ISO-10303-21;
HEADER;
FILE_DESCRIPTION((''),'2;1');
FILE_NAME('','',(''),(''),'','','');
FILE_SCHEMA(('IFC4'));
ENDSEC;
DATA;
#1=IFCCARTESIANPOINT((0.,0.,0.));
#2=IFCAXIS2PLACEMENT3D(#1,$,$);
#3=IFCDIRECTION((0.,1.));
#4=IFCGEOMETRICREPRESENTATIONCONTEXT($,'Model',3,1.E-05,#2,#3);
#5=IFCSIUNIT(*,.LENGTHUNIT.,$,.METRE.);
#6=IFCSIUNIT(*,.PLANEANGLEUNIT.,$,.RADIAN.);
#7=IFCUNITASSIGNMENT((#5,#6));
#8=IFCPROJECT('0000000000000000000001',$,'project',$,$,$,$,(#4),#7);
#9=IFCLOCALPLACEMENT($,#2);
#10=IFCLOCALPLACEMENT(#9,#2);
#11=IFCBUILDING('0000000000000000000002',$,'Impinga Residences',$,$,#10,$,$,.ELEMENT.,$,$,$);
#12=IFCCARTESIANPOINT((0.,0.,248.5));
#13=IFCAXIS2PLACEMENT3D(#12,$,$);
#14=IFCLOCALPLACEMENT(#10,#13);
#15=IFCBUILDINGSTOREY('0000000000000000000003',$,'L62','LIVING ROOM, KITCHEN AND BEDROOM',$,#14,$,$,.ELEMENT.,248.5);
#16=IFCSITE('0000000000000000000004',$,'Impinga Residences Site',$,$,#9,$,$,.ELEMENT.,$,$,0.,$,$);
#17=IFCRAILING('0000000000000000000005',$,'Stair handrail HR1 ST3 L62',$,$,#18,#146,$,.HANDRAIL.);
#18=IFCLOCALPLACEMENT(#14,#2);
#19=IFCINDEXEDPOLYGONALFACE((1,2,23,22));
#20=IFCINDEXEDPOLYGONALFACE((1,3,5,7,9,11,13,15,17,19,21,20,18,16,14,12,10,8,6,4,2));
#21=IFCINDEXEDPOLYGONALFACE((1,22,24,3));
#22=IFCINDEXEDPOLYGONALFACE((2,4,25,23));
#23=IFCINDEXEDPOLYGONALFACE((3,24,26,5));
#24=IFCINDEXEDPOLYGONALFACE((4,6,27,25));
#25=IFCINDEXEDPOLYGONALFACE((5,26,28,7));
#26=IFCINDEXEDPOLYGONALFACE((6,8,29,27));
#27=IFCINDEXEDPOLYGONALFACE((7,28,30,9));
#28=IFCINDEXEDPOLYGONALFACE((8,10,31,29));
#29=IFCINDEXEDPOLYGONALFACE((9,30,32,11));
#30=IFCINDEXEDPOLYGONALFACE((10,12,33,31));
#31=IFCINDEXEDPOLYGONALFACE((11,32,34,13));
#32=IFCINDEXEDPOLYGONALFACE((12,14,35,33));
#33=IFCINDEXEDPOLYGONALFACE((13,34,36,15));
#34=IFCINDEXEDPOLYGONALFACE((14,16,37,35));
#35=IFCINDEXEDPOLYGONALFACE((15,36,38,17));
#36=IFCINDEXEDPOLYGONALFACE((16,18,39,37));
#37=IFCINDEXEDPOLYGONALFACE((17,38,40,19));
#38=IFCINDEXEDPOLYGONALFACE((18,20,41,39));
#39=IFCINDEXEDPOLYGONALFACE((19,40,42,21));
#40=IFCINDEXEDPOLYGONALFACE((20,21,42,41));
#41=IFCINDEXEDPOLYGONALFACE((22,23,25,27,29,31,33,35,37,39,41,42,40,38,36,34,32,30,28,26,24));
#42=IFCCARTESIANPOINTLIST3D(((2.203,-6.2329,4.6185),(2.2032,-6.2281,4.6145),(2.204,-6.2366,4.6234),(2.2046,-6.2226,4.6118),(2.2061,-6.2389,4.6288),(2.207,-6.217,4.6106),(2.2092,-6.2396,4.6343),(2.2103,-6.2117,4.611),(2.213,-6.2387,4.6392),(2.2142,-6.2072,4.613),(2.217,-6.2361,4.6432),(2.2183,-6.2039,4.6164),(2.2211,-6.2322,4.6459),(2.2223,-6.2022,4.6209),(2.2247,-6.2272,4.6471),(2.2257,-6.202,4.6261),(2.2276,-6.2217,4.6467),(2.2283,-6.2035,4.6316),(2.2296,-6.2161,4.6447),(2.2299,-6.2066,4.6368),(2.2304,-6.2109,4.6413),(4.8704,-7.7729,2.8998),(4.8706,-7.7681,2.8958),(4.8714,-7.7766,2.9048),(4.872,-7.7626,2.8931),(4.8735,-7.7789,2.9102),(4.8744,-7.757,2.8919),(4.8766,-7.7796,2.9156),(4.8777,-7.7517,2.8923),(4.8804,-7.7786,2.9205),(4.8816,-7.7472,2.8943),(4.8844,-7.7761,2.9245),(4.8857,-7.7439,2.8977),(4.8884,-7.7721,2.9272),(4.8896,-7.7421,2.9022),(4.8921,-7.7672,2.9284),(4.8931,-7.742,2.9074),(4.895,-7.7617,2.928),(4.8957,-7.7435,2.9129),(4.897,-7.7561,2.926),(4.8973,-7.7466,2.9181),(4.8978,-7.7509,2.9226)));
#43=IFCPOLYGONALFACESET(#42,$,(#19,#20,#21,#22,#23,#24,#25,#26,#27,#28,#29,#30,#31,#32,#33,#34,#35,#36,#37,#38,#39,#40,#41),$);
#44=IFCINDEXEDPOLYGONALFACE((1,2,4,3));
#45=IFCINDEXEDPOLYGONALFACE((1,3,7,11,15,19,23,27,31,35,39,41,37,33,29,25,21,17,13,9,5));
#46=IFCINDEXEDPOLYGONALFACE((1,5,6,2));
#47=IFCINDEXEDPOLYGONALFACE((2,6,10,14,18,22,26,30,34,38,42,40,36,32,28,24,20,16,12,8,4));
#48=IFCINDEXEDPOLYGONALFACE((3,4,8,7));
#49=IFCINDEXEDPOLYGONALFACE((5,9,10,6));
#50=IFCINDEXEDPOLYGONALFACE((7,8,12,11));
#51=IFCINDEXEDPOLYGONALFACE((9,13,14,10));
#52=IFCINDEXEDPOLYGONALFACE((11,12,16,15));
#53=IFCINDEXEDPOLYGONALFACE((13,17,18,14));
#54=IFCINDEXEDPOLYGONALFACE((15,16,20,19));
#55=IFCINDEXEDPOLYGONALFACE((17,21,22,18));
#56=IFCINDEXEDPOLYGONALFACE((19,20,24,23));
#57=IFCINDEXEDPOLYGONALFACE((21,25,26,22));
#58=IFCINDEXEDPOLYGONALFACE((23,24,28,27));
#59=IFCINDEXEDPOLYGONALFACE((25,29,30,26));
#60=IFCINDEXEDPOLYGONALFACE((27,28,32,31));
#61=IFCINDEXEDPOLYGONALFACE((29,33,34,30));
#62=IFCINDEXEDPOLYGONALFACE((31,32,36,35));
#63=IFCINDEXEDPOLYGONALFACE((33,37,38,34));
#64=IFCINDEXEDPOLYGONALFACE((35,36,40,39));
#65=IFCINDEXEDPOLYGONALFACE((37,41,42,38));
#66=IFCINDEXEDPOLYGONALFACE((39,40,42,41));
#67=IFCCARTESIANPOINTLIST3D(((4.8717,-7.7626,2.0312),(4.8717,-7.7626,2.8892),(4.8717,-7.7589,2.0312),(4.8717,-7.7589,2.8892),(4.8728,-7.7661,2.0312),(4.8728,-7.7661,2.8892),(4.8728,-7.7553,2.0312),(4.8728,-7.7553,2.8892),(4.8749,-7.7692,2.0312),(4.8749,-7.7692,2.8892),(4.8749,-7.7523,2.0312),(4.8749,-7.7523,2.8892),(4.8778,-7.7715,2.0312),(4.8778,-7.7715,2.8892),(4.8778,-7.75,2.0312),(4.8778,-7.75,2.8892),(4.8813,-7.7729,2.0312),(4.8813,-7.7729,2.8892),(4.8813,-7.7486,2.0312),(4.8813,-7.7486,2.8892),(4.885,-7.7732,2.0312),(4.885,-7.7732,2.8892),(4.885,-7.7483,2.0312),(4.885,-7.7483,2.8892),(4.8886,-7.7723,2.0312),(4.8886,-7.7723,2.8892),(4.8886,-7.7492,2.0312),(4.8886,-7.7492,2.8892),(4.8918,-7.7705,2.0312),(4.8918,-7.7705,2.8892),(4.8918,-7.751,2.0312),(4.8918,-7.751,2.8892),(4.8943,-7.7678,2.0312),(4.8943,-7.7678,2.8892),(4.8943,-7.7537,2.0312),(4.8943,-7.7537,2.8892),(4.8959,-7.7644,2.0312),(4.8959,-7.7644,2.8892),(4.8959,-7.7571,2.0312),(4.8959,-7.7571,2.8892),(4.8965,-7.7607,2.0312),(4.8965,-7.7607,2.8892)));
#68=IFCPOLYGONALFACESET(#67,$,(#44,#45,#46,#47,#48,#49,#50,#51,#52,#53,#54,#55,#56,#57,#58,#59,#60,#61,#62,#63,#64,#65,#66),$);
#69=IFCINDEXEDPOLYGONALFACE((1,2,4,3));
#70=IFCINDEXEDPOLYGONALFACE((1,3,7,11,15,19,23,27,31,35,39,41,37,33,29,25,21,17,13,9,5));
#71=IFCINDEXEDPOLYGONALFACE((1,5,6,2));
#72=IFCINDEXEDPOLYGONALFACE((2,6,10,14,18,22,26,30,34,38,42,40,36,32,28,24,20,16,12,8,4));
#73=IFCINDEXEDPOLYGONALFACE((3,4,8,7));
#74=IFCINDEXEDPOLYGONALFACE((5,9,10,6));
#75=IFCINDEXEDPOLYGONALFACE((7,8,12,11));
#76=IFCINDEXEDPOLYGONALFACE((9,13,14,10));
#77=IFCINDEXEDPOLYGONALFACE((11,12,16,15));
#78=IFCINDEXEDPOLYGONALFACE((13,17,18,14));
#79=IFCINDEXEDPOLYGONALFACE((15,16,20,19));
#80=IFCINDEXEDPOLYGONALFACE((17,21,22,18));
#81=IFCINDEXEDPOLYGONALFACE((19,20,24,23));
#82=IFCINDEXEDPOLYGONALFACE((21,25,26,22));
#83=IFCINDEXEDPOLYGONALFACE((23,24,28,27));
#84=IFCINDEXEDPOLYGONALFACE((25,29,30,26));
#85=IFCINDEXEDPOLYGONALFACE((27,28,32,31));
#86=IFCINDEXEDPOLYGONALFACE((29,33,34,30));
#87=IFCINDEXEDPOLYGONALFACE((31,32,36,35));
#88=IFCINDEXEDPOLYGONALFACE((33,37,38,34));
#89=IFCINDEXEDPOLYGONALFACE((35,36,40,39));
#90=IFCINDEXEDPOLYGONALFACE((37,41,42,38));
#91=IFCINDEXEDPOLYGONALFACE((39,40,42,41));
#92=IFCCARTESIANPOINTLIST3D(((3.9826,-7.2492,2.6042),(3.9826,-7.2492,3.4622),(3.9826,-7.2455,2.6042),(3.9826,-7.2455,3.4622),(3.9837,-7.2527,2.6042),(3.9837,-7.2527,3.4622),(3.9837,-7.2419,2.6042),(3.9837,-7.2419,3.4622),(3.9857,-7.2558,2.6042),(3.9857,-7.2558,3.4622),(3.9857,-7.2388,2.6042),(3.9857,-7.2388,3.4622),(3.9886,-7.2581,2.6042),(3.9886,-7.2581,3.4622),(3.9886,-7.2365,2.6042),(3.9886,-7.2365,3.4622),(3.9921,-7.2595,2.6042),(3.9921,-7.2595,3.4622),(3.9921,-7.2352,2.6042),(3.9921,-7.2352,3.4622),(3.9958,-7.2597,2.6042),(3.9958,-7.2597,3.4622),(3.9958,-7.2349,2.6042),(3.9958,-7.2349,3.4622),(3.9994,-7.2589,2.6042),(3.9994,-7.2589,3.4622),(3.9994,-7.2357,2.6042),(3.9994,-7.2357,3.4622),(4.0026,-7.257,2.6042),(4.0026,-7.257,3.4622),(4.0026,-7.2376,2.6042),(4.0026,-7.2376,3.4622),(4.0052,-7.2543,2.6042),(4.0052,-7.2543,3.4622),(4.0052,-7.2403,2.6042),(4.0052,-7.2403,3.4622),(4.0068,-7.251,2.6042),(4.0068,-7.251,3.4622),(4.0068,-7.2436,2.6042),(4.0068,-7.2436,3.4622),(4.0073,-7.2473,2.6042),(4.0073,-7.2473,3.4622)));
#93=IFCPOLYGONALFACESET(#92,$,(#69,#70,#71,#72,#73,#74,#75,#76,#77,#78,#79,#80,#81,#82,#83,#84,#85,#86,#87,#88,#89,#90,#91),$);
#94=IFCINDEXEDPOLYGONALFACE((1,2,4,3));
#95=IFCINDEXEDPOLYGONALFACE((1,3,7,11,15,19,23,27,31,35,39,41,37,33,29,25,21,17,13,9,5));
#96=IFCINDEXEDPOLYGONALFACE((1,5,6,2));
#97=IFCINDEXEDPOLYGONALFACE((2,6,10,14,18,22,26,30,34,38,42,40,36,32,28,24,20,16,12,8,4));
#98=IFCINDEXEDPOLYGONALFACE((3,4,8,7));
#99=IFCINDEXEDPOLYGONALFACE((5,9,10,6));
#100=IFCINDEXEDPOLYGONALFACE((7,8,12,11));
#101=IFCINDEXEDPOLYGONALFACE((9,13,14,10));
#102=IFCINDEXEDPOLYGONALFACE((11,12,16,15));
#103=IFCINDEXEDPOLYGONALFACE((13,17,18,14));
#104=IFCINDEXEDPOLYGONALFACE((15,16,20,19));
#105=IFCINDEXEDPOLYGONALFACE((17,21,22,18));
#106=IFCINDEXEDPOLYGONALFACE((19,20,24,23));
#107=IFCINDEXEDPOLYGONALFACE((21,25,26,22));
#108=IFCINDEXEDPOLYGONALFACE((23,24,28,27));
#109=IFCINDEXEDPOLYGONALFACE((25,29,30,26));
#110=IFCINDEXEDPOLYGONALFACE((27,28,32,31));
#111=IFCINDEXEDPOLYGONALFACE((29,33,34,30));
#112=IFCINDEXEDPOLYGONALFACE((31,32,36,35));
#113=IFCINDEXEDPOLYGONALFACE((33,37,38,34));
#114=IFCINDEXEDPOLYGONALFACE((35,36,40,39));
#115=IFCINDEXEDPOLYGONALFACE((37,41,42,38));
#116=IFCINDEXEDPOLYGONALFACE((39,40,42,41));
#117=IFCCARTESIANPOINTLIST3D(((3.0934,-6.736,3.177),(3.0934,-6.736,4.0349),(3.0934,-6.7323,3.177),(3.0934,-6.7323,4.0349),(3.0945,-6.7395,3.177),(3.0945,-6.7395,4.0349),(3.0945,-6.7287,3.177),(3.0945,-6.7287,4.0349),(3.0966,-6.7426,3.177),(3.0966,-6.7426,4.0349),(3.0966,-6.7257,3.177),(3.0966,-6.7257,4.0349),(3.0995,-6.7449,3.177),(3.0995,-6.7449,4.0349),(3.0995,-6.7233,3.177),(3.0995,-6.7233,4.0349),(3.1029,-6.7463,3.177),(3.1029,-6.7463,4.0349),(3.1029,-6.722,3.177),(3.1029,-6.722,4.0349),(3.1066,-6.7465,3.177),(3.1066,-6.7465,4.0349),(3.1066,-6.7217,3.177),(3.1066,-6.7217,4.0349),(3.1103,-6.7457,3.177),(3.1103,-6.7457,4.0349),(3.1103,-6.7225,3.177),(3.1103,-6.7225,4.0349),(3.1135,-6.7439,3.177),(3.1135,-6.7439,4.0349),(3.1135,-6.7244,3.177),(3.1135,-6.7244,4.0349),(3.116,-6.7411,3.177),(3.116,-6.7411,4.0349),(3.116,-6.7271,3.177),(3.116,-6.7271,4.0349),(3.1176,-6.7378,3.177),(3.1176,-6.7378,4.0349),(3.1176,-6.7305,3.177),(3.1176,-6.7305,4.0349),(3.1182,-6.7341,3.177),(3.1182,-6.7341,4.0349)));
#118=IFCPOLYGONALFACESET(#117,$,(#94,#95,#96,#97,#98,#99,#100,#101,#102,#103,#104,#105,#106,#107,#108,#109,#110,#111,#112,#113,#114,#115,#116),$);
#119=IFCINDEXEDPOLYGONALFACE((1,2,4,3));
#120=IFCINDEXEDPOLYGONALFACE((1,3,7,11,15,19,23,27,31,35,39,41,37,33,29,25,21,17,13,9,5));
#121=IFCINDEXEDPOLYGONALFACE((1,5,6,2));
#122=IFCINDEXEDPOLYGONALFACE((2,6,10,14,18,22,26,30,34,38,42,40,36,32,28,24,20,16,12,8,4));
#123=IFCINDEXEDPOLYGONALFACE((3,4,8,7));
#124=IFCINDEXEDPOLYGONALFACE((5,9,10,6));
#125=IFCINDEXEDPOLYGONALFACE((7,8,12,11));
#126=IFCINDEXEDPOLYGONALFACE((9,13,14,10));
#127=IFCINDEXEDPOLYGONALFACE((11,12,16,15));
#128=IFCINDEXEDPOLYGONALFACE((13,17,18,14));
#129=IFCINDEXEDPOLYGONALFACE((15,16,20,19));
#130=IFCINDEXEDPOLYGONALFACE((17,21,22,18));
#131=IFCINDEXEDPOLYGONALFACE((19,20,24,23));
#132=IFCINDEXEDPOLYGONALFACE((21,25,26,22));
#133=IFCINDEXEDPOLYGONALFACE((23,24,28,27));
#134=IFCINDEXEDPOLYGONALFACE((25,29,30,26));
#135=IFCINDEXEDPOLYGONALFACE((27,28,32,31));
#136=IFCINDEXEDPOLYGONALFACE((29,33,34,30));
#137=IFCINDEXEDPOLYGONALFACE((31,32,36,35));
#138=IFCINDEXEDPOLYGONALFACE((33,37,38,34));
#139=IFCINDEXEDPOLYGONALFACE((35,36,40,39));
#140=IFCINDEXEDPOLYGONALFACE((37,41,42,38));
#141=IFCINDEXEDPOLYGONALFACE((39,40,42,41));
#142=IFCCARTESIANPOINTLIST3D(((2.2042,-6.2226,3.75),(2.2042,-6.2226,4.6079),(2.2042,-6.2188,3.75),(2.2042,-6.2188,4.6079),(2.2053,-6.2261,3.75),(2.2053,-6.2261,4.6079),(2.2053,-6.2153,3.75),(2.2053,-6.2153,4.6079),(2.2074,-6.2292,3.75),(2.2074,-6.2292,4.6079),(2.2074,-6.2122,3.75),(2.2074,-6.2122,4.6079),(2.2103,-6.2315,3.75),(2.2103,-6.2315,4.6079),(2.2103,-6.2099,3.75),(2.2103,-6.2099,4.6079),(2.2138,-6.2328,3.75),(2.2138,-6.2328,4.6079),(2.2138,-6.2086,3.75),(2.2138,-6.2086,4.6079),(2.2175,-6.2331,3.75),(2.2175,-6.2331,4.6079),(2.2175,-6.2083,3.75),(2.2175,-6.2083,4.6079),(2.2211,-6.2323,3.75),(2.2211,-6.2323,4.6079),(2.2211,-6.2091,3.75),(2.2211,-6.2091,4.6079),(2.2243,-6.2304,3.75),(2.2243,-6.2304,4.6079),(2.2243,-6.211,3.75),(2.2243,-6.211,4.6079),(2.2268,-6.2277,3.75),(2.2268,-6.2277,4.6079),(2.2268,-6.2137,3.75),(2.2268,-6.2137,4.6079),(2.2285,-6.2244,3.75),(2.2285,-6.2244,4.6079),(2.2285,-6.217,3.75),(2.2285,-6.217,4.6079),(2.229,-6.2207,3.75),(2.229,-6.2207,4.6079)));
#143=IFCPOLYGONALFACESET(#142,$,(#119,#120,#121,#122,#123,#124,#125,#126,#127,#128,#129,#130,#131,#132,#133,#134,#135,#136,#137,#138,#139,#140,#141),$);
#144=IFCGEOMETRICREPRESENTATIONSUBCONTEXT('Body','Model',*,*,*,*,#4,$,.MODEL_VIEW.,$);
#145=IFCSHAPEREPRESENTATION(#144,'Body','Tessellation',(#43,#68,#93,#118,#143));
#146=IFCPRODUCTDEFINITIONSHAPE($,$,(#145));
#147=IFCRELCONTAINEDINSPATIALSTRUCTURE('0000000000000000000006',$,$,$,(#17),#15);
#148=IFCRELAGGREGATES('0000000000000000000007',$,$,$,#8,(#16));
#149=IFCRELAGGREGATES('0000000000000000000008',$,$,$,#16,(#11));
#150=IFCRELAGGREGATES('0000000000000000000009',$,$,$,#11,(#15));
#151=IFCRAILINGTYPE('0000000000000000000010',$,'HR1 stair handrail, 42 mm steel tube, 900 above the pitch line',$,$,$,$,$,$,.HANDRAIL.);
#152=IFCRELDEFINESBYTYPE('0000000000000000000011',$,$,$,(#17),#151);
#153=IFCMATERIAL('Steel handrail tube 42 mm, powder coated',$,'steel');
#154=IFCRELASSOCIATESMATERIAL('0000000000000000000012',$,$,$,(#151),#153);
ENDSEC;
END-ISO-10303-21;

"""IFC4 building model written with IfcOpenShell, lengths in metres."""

from ifc_helpers import new_model, si_unit, direction, frame, origin, origin_2d, place, context, subcontext, project, spatial, circle, extrude, material, type_object, element, save


model = new_model("IFC4")

# Units and contexts
model_context = context("Model", 3, precision=1e-05, world=origin(), true_north=direction((0.0, 1.0)))
body_context = subcontext(model_context, "Body", "Model", "MODEL_VIEW")
ifc_project = project(units=[si_unit("LENGTHUNIT", "METRE"), si_unit("PLANEANGLEUNIT", "RADIAN")], contexts=[model_context])

# Site, building, storey
site_placement = place(None, origin())
site = spatial("IfcSite", under=ifc_project, at=site_placement, Name="Impinga Residences Site", CompositionType="ELEMENT", RefElevation=0.0)
building_placement = place(site_placement, origin())
building = spatial("IfcBuilding", under=site, at=building_placement, Name="Impinga Residences", CompositionType="ELEMENT")
storey_placement = place(building_placement, frame((0.0, 0.0, 248.5)))
storey = spatial("IfcBuildingStorey", under=building, at=storey_placement, Name="L62", Description="LIVING ROOM, KITCHEN AND BEDROOM", CompositionType="ELEMENT", Elevation=248.5)

# Railing
ifc_material_1 = material(Name="Steel handrail tube 42 mm, powder coated", Category="steel")
railing_type_1 = type_object("IfcRailingType", Name="HR1 stair handrail, 42 mm steel tube, 900 above the pitch line", PredefinedType="HANDRAIL", material=ifc_material_1)
railing_1_placement = place(storey_placement, frame((4.884, -7.7607, 2.0312)))
element("IfcRailing", 1, at=railing_1_placement, inside=storey, type_object=railing_type_1, Name="Stair handrail HR1 ST3 L62", PredefinedType="HANDRAIL", context=body_context, shape_type="SweptSolid", body=[
    extrude(circle(Radius=0.021, at=origin_2d()), frame((0.0, 0.0, 0.8789), z_axis=(-0.756256, 0.436616, 0.487282), x_axis=(-0.499992, -0.86603, 0.0)), (0.0, 0.0, 1.0), 3.5271),
    extrude(circle(Radius=0.0125, at=origin_2d()), origin(), (0.0, 0.0, 1.0), 0.8579),
    extrude(circle(Radius=0.0125, at=origin_2d()), frame((-0.8892, 0.5134, 0.573)), (0.0, 0.0, 1.0), 0.8579),
    extrude(circle(Radius=0.0125, at=origin_2d()), frame((-1.7783, 1.0266, 1.1458)), (0.0, 0.0, 1.0), 0.8579),
    extrude(circle(Radius=0.0125, at=origin_2d()), frame((-2.6675, 1.54, 1.7188)), (0.0, 0.0, 1.0), 0.8579),
])

save(model, "model.ifc")
